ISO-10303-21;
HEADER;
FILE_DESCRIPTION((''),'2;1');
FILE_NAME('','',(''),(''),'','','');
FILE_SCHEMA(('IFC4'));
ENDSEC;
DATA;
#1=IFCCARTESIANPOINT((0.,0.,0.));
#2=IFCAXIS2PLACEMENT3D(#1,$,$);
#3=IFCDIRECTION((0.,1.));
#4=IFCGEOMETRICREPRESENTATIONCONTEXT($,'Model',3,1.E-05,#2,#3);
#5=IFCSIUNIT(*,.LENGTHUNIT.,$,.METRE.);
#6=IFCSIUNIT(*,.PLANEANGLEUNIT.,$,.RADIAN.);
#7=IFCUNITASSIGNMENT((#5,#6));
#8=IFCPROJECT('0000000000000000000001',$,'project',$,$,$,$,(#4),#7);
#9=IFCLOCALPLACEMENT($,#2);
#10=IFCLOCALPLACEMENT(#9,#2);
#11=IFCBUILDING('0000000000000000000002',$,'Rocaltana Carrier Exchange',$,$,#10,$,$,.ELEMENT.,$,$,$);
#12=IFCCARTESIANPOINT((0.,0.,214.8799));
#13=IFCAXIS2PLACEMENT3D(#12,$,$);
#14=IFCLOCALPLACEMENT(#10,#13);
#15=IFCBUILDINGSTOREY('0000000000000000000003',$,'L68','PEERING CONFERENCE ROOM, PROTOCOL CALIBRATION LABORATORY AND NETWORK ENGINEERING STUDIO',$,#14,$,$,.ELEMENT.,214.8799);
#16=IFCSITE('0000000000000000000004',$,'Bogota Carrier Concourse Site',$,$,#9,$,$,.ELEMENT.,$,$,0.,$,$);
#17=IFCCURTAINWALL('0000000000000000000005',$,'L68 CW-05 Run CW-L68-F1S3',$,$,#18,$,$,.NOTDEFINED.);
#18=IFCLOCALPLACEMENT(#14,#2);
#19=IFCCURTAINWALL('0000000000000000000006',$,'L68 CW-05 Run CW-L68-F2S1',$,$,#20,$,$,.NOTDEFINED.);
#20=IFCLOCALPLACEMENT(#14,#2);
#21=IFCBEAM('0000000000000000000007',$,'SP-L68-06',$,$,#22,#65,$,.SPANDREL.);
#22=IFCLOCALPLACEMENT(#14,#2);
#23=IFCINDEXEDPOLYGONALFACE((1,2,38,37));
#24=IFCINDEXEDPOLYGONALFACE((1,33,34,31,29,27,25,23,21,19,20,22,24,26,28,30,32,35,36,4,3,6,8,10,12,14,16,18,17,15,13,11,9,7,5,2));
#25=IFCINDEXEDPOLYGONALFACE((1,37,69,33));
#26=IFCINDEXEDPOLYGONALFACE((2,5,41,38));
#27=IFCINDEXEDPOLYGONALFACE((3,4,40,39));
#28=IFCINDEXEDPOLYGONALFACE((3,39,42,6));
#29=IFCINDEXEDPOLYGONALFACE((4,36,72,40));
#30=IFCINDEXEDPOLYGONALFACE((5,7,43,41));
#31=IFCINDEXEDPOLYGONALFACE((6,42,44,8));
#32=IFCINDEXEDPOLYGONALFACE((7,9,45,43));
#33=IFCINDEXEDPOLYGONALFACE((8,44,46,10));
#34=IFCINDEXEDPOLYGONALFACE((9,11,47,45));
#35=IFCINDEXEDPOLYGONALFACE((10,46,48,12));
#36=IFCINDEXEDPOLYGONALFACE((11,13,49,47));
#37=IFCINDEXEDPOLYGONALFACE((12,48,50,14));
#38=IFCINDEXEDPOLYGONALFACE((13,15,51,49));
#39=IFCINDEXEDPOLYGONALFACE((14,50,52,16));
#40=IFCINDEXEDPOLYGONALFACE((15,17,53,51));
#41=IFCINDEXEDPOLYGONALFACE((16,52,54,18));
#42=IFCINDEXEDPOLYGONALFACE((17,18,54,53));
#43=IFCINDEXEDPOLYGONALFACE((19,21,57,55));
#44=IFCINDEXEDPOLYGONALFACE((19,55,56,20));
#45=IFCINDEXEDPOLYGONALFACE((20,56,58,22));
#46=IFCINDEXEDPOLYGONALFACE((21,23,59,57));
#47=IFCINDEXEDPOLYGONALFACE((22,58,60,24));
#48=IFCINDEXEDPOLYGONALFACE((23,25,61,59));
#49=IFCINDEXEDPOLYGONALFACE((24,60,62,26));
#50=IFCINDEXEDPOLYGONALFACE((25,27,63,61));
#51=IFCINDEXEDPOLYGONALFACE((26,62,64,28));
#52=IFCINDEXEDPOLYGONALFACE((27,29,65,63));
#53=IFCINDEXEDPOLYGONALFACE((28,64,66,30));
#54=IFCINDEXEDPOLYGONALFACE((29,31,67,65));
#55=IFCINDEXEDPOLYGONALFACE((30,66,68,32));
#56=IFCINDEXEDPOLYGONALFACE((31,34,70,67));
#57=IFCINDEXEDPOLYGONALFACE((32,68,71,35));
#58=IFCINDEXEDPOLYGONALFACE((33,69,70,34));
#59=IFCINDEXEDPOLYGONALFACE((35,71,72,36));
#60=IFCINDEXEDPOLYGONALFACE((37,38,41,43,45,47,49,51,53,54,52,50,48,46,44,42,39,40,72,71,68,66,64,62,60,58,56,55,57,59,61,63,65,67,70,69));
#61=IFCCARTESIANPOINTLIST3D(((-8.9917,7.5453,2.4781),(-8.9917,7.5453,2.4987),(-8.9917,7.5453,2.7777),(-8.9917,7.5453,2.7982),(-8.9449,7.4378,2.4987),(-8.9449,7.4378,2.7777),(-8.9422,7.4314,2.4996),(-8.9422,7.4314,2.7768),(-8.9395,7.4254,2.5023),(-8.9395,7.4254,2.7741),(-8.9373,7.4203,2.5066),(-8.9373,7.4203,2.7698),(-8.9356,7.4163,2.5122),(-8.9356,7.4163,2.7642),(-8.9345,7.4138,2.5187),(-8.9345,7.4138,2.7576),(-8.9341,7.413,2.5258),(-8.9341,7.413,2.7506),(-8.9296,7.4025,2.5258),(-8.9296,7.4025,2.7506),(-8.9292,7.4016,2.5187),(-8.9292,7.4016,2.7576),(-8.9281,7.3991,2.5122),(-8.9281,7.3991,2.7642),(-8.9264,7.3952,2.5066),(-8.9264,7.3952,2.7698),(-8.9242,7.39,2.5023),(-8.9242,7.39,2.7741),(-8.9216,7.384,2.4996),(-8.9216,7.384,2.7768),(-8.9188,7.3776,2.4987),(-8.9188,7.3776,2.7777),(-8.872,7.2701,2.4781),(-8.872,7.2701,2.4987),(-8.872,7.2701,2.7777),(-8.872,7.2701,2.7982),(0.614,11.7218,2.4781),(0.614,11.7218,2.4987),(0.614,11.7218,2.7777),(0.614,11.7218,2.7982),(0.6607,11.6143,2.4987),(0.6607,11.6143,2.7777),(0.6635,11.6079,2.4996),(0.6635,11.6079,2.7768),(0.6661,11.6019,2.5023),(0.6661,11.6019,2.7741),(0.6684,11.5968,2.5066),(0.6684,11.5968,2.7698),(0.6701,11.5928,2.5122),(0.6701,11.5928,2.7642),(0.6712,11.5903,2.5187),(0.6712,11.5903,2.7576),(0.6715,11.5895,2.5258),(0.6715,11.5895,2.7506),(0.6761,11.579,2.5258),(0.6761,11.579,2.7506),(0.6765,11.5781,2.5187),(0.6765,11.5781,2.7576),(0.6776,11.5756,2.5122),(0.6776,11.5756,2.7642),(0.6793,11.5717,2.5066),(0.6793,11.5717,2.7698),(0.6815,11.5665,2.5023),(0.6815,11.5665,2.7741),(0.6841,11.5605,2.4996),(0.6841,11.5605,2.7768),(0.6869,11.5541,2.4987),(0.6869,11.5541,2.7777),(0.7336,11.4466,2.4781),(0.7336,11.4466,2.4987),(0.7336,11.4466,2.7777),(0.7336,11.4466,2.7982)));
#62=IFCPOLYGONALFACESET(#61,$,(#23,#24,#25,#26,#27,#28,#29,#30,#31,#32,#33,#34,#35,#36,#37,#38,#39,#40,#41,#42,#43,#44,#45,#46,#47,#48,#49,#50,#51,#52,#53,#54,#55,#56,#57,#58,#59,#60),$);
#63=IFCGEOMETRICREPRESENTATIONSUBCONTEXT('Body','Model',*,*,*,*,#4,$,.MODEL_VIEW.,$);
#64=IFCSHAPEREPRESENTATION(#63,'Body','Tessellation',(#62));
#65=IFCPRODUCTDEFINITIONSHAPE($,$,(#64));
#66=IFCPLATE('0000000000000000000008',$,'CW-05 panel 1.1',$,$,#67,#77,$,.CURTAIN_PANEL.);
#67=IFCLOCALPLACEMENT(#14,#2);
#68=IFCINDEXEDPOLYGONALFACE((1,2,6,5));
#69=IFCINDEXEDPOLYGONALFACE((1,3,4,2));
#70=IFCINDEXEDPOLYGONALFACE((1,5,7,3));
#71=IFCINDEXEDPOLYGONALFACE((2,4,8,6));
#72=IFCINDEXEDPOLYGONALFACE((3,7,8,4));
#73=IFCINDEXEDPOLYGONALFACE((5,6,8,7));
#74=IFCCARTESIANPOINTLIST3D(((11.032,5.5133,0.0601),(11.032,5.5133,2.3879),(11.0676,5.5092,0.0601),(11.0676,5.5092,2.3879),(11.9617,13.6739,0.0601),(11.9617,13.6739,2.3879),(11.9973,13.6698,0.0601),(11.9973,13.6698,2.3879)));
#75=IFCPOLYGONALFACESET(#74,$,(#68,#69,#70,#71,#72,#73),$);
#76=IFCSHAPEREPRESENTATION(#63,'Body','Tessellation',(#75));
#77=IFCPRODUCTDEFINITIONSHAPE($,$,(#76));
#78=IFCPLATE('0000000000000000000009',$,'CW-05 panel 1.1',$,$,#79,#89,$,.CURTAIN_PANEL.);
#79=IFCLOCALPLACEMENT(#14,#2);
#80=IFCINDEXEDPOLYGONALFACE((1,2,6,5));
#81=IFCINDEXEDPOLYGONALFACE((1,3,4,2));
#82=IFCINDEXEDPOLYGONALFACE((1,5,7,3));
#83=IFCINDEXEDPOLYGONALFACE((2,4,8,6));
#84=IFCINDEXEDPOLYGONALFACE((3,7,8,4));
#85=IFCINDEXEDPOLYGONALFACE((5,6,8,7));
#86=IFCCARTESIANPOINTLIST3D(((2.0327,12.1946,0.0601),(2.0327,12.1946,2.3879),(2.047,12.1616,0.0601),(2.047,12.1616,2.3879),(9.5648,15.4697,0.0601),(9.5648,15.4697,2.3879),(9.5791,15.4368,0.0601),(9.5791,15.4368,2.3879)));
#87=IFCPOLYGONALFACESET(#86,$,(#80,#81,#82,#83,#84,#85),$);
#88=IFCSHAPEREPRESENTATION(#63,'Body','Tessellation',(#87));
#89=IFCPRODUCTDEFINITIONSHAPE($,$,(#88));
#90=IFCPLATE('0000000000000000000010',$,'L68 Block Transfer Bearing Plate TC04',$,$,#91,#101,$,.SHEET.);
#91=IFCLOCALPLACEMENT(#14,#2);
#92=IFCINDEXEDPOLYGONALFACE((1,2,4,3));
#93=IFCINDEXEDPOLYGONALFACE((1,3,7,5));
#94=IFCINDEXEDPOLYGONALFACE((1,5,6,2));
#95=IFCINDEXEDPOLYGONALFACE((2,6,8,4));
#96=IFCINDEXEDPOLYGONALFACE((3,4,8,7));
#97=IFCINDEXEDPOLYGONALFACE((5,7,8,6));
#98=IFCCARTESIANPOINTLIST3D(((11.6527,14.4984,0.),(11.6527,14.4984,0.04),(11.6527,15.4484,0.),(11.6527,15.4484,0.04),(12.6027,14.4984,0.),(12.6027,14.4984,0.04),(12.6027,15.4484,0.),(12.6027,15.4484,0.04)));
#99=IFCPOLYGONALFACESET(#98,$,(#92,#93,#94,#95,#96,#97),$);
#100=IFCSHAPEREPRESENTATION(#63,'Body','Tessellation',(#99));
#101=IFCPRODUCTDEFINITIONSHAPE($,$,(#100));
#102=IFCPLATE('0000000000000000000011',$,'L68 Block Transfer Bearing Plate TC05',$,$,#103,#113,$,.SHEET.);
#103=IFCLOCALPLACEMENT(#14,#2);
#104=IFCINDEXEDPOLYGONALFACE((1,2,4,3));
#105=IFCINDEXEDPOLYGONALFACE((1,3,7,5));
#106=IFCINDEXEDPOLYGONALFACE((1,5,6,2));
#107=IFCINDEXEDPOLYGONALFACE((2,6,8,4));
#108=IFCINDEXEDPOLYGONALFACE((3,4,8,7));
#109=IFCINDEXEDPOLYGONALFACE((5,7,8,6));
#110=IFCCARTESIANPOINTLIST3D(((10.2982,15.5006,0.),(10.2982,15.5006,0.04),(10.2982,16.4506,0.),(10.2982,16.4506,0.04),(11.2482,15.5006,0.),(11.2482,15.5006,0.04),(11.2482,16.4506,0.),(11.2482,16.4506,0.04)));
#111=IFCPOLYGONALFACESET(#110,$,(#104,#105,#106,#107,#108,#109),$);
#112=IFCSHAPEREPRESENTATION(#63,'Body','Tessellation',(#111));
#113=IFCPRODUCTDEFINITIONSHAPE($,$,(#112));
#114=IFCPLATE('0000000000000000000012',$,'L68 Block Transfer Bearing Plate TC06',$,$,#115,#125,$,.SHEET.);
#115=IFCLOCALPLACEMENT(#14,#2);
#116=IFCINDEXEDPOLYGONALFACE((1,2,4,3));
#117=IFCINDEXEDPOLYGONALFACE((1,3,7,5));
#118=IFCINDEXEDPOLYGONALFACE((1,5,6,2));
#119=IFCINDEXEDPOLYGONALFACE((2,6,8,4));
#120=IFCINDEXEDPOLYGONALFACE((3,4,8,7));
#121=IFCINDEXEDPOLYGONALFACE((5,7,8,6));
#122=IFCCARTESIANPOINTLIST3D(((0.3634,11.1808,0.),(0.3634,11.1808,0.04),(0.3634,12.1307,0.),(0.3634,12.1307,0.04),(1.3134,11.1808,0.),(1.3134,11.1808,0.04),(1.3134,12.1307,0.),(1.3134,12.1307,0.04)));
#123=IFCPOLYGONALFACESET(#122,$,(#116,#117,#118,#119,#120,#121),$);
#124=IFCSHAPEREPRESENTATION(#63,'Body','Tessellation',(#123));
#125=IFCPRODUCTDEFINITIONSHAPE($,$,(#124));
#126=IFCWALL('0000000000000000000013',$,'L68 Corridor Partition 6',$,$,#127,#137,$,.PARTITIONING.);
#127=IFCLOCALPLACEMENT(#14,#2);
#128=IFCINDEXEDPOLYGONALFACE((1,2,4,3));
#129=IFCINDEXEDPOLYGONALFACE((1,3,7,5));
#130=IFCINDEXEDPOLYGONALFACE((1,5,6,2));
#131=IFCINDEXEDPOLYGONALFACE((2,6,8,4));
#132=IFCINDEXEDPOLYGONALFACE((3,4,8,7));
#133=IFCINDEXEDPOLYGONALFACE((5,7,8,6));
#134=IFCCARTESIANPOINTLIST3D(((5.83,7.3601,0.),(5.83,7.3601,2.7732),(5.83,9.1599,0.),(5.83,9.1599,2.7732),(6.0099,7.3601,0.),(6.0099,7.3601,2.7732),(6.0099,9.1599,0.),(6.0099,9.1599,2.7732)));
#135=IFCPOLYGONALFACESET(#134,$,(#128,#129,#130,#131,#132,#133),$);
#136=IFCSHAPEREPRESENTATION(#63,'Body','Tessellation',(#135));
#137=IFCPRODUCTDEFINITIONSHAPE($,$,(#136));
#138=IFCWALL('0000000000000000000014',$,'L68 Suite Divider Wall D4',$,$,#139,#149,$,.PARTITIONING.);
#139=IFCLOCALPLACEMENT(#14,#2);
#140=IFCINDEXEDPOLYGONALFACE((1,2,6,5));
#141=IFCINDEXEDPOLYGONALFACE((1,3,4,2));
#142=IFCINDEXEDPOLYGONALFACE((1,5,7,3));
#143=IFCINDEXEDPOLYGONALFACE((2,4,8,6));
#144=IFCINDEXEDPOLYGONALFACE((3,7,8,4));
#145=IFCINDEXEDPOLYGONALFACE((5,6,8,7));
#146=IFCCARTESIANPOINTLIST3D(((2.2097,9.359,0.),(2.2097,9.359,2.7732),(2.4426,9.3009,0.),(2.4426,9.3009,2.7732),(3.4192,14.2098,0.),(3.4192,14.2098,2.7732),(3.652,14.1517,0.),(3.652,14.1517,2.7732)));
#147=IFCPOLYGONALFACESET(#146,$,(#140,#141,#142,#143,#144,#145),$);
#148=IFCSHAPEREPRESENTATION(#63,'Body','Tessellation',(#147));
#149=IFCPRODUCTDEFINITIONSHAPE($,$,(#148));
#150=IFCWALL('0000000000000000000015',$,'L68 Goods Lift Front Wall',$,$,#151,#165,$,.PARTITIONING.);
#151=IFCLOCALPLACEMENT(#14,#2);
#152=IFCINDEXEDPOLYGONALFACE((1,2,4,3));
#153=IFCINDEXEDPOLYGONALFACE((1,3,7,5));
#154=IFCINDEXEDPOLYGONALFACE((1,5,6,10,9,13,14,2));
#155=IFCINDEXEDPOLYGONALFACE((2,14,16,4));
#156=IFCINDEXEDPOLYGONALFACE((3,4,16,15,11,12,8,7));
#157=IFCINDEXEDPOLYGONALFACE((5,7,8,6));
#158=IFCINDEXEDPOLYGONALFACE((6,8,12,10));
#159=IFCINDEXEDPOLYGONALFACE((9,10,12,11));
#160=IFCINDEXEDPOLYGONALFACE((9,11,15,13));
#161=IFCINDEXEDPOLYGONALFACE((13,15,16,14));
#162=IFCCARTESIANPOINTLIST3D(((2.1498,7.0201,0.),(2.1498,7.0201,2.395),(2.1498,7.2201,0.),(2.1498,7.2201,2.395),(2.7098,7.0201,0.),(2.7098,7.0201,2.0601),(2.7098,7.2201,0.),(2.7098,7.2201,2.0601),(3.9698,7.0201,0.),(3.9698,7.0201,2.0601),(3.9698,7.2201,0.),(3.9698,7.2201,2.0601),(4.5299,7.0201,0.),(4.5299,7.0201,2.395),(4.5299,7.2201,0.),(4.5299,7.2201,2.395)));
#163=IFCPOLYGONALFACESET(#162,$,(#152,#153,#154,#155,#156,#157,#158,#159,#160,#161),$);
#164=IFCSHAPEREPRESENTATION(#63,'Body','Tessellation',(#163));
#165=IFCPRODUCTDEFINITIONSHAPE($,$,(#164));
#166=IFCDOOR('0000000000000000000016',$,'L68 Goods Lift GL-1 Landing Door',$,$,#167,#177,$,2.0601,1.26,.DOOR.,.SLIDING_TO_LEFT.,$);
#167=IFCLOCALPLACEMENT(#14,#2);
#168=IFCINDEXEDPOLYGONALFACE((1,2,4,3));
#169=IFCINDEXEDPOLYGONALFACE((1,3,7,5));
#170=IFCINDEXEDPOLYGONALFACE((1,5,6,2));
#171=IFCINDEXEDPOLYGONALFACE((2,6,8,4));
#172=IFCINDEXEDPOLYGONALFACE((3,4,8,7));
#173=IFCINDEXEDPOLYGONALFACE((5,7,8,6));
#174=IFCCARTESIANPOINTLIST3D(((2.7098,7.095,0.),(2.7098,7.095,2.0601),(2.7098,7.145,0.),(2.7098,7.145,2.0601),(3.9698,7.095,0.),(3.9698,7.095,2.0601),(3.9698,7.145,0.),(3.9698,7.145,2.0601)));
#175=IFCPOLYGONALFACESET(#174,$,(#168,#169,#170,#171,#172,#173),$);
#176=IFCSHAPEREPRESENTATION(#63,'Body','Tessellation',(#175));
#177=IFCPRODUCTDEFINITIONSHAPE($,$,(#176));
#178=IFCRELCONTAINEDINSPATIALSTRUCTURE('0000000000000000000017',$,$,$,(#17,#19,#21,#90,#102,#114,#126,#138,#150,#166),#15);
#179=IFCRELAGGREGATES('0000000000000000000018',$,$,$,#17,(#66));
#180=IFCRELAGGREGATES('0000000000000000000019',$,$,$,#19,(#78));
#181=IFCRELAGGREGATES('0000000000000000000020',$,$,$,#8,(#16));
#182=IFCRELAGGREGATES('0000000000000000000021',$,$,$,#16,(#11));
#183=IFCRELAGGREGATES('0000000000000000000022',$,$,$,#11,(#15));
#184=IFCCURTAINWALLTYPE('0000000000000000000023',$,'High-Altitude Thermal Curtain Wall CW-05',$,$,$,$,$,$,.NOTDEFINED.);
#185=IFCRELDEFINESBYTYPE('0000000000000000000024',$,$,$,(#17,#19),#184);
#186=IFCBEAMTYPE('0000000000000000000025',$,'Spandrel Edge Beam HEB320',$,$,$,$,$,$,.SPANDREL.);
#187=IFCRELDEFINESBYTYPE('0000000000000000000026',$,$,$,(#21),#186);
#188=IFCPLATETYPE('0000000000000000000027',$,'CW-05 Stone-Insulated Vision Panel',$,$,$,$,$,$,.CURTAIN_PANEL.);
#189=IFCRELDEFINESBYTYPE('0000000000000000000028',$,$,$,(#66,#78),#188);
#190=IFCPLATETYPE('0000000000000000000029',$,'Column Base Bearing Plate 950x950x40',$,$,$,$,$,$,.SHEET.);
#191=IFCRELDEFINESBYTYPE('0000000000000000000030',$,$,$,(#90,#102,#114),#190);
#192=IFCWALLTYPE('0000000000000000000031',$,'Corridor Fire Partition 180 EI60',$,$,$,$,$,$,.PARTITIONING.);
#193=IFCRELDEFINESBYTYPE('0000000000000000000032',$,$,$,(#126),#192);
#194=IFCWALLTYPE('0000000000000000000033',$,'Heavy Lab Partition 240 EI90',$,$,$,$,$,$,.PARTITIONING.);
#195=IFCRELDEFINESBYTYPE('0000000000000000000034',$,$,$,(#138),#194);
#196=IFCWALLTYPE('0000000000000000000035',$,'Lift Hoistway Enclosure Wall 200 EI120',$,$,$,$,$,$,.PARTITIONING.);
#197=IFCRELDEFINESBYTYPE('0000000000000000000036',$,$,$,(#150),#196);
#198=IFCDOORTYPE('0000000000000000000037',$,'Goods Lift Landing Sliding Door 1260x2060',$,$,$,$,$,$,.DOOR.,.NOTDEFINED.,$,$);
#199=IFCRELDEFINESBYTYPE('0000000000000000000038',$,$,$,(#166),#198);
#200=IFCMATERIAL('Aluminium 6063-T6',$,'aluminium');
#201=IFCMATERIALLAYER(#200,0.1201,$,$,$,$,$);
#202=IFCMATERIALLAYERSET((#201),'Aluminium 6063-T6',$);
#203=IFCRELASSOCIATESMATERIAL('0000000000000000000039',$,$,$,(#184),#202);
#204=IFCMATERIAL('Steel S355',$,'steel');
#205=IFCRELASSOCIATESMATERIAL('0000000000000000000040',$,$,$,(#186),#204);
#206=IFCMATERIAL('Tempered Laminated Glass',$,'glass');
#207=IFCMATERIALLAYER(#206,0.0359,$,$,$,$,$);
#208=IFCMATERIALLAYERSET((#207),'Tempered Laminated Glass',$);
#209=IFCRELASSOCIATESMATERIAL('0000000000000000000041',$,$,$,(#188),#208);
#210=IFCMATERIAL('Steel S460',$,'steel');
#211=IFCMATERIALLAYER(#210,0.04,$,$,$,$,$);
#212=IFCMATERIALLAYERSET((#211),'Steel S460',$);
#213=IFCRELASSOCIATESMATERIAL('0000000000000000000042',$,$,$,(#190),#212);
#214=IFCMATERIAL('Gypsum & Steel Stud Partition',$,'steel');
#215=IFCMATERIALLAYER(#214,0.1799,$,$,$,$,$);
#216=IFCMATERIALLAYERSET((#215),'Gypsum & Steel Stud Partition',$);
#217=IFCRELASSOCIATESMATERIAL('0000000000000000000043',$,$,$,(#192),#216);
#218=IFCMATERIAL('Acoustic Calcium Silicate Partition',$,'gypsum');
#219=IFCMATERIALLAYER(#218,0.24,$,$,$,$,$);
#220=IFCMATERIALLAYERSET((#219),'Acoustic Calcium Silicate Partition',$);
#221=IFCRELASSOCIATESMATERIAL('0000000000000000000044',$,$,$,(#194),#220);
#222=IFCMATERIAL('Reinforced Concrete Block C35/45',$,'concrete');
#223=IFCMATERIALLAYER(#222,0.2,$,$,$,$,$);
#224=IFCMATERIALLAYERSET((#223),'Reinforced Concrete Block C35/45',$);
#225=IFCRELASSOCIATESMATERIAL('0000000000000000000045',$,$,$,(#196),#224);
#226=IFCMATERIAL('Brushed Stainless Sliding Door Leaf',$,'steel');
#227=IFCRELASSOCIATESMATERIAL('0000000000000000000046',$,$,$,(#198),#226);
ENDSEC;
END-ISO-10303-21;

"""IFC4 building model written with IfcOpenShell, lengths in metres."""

from ifc_helpers import new_model, si_unit, direction, frame, frame_2d, origin, origin_2d, place, context, subcontext, project, spatial, rectangle, i_section, extrude, material, layer, layer_set, material_profile, profile_set, type_object, element, fill, aggregate, save


model = new_model("IFC4")

# Units and contexts
model_context = context("Model", 3, precision=1e-05, world=origin(), true_north=direction((0.0, 1.0)))
body_context = subcontext(model_context, "Body", "Model", "MODEL_VIEW")
ifc_project = project(units=[si_unit("LENGTHUNIT", "METRE"), si_unit("PLANEANGLEUNIT", "RADIAN")], contexts=[model_context])

# Site, building, storey
site_placement = place(None, origin())
site = spatial("IfcSite", under=ifc_project, at=site_placement, Name="Bogota Carrier Concourse Site", CompositionType="ELEMENT", RefElevation=0.0)
building_placement = place(site_placement, origin())
building = spatial("IfcBuilding", under=site, at=building_placement, Name="Rocaltana Carrier Exchange", CompositionType="ELEMENT")
storey_placement = place(building_placement, frame((0.0, 0.0, 214.8799)))
storey = spatial("IfcBuildingStorey", under=building, at=storey_placement, Name="L68", Description="PEERING CONFERENCE ROOM, PROTOCOL CALIBRATION LABORATORY AND NETWORK ENGINEERING STUDIO", CompositionType="ELEMENT", Elevation=214.8799)

# Curtain wall
ifc_material_1 = material(Name="Aluminium 6063-T6", Category="aluminium")
ifc_layer_1 = layer(ifc_material_1, 0.1201)
ifc_layer_set_1 = layer_set([ifc_layer_1], Name="Aluminium 6063-T6")
curtain_wall_type = type_object("IfcCurtainWallType", Name="High-Altitude Thermal Curtain Wall CW-05", PredefinedType="NOTDEFINED", material=ifc_layer_set_1)
curtain_wall_1_placement = place(storey_placement, origin())
curtain_wall_1 = element("IfcCurtainWall", 1, at=curtain_wall_1_placement, inside=storey, type_object=curtain_wall_type, Name="L68 CW-05 Run CW-L68-F1S3", PredefinedType="NOTDEFINED")

# Curtain wall
curtain_wall_2_placement = place(storey_placement, origin())
curtain_wall_2 = element("IfcCurtainWall", 2, at=curtain_wall_2_placement, inside=storey, type_object=curtain_wall_type, Name="L68 CW-05 Run CW-L68-F2S1", PredefinedType="NOTDEFINED")

# Beam
ifc_material_2 = material(Name="Steel S355", Category="steel")
ifc_material_profile_1 = material_profile(ifc_material_2, i_section(OverallWidth=0.3, OverallDepth=0.3201, WebThickness=0.0115, FlangeThickness=0.0205, FilletRadius=0.0271, at=origin_2d()), Name="HEB320")
ifc_profile_set_1 = profile_set([ifc_material_profile_1], Name="Steel S355")
beam_type_1 = type_object("IfcBeamType", Name="Spandrel Edge Beam HEB320", PredefinedType="SPANDREL", material=ifc_profile_set_1)
for number, where, z_axis, x_axis, name in (
    (3, (0.6738, 11.5842, 2.6382), (-0.917066, -0.398735, 0.0), (0.398735, -0.917066, 0.0), "SP-L68-06"),
):
    element("IfcBeam", number, at=place(storey_placement, frame(where, z_axis=z_axis, x_axis=x_axis)), inside=storey, type_object=beam_type_1, Name=name, PredefinedType="SPANDREL", context=body_context, shape_type="SweptSolid", body=[
        extrude(i_section(OverallWidth=0.3, OverallDepth=0.3201, WebThickness=0.0115, FlangeThickness=0.0205, FilletRadius=0.0271, at=origin_2d()), origin(), (0.0, 0.0, 1.0), 10.4744),
    ])

# Plates
ifc_material_3 = material(Name="Tempered Laminated Glass", Category="glass")
ifc_layer_2 = layer(ifc_material_3, 0.0359)
ifc_layer_set_2 = layer_set([ifc_layer_2], Name="Tempered Laminated Glass")
plate_type_1 = type_object("IfcPlateType", Name="CW-05 Stone-Insulated Vision Panel", PredefinedType="CURTAIN_PANEL", material=ifc_layer_set_2)
plate_1_placement = place(storey_placement, frame((11.5146, 9.5916, 0.0601), z_axis=(0.0, 0.0, 1.0), x_axis=(0.113197, 0.993573, 0.0)))
plate_1 = element("IfcPlate", 4, at=plate_1_placement, type_object=plate_type_1, Name="CW-05 panel 1.1", PredefinedType="CURTAIN_PANEL", context=body_context, shape_type="SweptSolid", body=[
    extrude(rectangle(XDim=8.2134, YDim=0.0359, at=origin_2d()), origin(), (0.0, 0.0, 1.0), 2.3279),
])
aggregate(curtain_wall_1, [plate_1])
plate_2_placement = place(storey_placement, frame((5.8059, 13.8157, 0.0601), z_axis=(0.0, 0.0, 1.0), x_axis=(-0.917057, -0.398757, 0.0)))
plate_2 = element("IfcPlate", 5, at=plate_2_placement, type_object=plate_type_1, Name="CW-05 panel 1.1", PredefinedType="CURTAIN_PANEL", context=body_context, shape_type="SweptSolid", body=[
    extrude(rectangle(XDim=8.2134, YDim=0.0359, at=origin_2d()), origin(), (0.0, 0.0, 1.0), 2.3279),
])
aggregate(curtain_wall_2, [plate_2])

# Plates
ifc_material_4 = material(Name="Steel S460", Category="steel")
ifc_layer_3 = layer(ifc_material_4, 0.04)
ifc_layer_set_3 = layer_set([ifc_layer_3], Name="Steel S460")
plate_type_2 = type_object("IfcPlateType", Name="Column Base Bearing Plate 950x950x40", PredefinedType="SHEET", material=ifc_layer_set_3)
for number, where, z_axis, x_axis, name in (
    (6, (12.1277, 14.9734, 0.0), (0.0, 0.0, 1.0), (1.0, 0.0, 0.0), "L68 Block Transfer Bearing Plate TC04"),
    (7, (10.7732, 15.9756, 0.0), (0.0, 0.0, 1.0), (1.0, 0.0, 0.0), "L68 Block Transfer Bearing Plate TC05"),
    (8, (0.8384, 11.6558, 0.0), (0.0, 0.0, 1.0), (1.0, 0.0, 0.0), "L68 Block Transfer Bearing Plate TC06"),
):
    element("IfcPlate", number, at=place(storey_placement, frame(where, z_axis=z_axis, x_axis=x_axis)), inside=storey, type_object=plate_type_2, Name=name, PredefinedType="SHEET", context=body_context, shape_type="SweptSolid", body=[
        extrude(rectangle(XDim=0.95, YDim=0.95, at=origin_2d()), origin(), (0.0, 0.0, 1.0), 0.04),
    ])

# Walls
ifc_material_5 = material(Name="Gypsum & Steel Stud Partition", Category="steel")
ifc_layer_4 = layer(ifc_material_5, 0.1799)
ifc_layer_set_4 = layer_set([ifc_layer_4], Name="Gypsum & Steel Stud Partition")
wall_type_1 = type_object("IfcWallType", Name="Corridor Fire Partition 180 EI60", PredefinedType="PARTITIONING", material=ifc_layer_set_4)
wall_1_placement = place(storey_placement, frame((5.9199, 9.1599, 0.0), z_axis=(0.0, 0.0, 1.0), x_axis=(0.0, -1.0, 0.0)))
element("IfcWall", 9, at=wall_1_placement, inside=storey, type_object=wall_type_1, Name="L68 Corridor Partition 6", PredefinedType="PARTITIONING", context=body_context, shape_type="SweptSolid", body=[
    extrude(rectangle(XDim=1.7998, YDim=0.1799, at=frame_2d((0.8999, 0.0))), origin(), (0.0, 0.0, 1.0), 2.7732),
])
ifc_material_6 = material(Name="Acoustic Calcium Silicate Partition", Category="gypsum")
ifc_layer_5 = layer(ifc_material_6, 0.24)
ifc_layer_set_5 = layer_set([ifc_layer_5], Name="Acoustic Calcium Silicate Partition")
wall_type_2 = type_object("IfcWallType", Name="Heavy Lab Partition 240 EI90", PredefinedType="PARTITIONING", material=ifc_layer_set_5)
wall_2_placement = place(storey_placement, frame((2.3262, 9.3301, 0.0), z_axis=(0.0, 0.0, 1.0), x_axis=(0.241927, 0.970295, 0.0)))
element("IfcWall", 10, at=wall_2_placement, inside=storey, type_object=wall_type_2, Name="L68 Suite Divider Wall D4", PredefinedType="PARTITIONING", context=body_context, shape_type="SweptSolid", body=[
    extrude(rectangle(XDim=4.9993, YDim=0.24, at=frame_2d((2.4995, 0.0))), origin(), (0.0, 0.0, 1.0), 2.7732),
])

# Wall, opening, door
ifc_material_7 = material(Name="Reinforced Concrete Block C35/45", Category="concrete")
ifc_layer_6 = layer(ifc_material_7, 0.2)
ifc_layer_set_6 = layer_set([ifc_layer_6], Name="Reinforced Concrete Block C35/45")
wall_type_3 = type_object("IfcWallType", Name="Lift Hoistway Enclosure Wall 200 EI120", PredefinedType="PARTITIONING", material=ifc_layer_set_6)
wall_3_placement = place(storey_placement, frame((2.1499, 7.1201, 0.0), z_axis=(0.0, 0.0, 1.0), x_axis=(1.0, 0.0, 0.0)))
wall_3 = element("IfcWall", 11, at=wall_3_placement, inside=storey, type_object=wall_type_3, Name="L68 Goods Lift Front Wall", PredefinedType="PARTITIONING", context=body_context, shape_type="SweptSolid", body=[
    extrude(rectangle(XDim=2.3801, YDim=0.2, at=frame_2d((1.1899, 0.0))), origin(), (0.0, 0.0, 1.0), 2.395),
])
opening_1_placement = place(wall_3_placement, frame((0.5601, 0.0, 0.0)))
opening_1 = element("IfcOpeningElement", 12, at=opening_1_placement, cuts=wall_3, PredefinedType="OPENING", context=body_context, shape_type="SweptSolid", body=[
    extrude(rectangle(XDim=1.26, YDim=2.0601, at=frame_2d((0.6299, 1.03))), frame((0.0, 0.1099, 0.0), z_axis=(0.0, -1.0, 0.0), x_axis=(1.0, 0.0, 0.0)), (0.0, 0.0, 1.0), 0.22),
])
ifc_material_8 = material(Name="Brushed Stainless Sliding Door Leaf", Category="steel")
door_type_1 = type_object("IfcDoorType", Name="Goods Lift Landing Sliding Door 1260x2060", OperationType="NOTDEFINED", PredefinedType="DOOR", material=ifc_material_8)
door_1_placement = place(opening_1_placement, origin())
door_1 = element("IfcDoor", 13, at=door_1_placement, inside=storey, type_object=door_type_1, Name="L68 Goods Lift GL-1 Landing Door", OperationType="SLIDING_TO_LEFT", OverallHeight=2.0601, OverallWidth=1.26, PredefinedType="DOOR", context=body_context, shape_type="SweptSolid", body=[
    extrude(rectangle(XDim=1.26, YDim=2.0601, at=frame_2d((0.6299, 1.03))), frame((0.0, 0.0249, 0.0), z_axis=(0.0, -1.0, 0.0), x_axis=(1.0, 0.0, 0.0)), (0.0, 0.0, 1.0), 0.05),
])
fill(opening_1, door_1)

save(model, "model.ifc")
